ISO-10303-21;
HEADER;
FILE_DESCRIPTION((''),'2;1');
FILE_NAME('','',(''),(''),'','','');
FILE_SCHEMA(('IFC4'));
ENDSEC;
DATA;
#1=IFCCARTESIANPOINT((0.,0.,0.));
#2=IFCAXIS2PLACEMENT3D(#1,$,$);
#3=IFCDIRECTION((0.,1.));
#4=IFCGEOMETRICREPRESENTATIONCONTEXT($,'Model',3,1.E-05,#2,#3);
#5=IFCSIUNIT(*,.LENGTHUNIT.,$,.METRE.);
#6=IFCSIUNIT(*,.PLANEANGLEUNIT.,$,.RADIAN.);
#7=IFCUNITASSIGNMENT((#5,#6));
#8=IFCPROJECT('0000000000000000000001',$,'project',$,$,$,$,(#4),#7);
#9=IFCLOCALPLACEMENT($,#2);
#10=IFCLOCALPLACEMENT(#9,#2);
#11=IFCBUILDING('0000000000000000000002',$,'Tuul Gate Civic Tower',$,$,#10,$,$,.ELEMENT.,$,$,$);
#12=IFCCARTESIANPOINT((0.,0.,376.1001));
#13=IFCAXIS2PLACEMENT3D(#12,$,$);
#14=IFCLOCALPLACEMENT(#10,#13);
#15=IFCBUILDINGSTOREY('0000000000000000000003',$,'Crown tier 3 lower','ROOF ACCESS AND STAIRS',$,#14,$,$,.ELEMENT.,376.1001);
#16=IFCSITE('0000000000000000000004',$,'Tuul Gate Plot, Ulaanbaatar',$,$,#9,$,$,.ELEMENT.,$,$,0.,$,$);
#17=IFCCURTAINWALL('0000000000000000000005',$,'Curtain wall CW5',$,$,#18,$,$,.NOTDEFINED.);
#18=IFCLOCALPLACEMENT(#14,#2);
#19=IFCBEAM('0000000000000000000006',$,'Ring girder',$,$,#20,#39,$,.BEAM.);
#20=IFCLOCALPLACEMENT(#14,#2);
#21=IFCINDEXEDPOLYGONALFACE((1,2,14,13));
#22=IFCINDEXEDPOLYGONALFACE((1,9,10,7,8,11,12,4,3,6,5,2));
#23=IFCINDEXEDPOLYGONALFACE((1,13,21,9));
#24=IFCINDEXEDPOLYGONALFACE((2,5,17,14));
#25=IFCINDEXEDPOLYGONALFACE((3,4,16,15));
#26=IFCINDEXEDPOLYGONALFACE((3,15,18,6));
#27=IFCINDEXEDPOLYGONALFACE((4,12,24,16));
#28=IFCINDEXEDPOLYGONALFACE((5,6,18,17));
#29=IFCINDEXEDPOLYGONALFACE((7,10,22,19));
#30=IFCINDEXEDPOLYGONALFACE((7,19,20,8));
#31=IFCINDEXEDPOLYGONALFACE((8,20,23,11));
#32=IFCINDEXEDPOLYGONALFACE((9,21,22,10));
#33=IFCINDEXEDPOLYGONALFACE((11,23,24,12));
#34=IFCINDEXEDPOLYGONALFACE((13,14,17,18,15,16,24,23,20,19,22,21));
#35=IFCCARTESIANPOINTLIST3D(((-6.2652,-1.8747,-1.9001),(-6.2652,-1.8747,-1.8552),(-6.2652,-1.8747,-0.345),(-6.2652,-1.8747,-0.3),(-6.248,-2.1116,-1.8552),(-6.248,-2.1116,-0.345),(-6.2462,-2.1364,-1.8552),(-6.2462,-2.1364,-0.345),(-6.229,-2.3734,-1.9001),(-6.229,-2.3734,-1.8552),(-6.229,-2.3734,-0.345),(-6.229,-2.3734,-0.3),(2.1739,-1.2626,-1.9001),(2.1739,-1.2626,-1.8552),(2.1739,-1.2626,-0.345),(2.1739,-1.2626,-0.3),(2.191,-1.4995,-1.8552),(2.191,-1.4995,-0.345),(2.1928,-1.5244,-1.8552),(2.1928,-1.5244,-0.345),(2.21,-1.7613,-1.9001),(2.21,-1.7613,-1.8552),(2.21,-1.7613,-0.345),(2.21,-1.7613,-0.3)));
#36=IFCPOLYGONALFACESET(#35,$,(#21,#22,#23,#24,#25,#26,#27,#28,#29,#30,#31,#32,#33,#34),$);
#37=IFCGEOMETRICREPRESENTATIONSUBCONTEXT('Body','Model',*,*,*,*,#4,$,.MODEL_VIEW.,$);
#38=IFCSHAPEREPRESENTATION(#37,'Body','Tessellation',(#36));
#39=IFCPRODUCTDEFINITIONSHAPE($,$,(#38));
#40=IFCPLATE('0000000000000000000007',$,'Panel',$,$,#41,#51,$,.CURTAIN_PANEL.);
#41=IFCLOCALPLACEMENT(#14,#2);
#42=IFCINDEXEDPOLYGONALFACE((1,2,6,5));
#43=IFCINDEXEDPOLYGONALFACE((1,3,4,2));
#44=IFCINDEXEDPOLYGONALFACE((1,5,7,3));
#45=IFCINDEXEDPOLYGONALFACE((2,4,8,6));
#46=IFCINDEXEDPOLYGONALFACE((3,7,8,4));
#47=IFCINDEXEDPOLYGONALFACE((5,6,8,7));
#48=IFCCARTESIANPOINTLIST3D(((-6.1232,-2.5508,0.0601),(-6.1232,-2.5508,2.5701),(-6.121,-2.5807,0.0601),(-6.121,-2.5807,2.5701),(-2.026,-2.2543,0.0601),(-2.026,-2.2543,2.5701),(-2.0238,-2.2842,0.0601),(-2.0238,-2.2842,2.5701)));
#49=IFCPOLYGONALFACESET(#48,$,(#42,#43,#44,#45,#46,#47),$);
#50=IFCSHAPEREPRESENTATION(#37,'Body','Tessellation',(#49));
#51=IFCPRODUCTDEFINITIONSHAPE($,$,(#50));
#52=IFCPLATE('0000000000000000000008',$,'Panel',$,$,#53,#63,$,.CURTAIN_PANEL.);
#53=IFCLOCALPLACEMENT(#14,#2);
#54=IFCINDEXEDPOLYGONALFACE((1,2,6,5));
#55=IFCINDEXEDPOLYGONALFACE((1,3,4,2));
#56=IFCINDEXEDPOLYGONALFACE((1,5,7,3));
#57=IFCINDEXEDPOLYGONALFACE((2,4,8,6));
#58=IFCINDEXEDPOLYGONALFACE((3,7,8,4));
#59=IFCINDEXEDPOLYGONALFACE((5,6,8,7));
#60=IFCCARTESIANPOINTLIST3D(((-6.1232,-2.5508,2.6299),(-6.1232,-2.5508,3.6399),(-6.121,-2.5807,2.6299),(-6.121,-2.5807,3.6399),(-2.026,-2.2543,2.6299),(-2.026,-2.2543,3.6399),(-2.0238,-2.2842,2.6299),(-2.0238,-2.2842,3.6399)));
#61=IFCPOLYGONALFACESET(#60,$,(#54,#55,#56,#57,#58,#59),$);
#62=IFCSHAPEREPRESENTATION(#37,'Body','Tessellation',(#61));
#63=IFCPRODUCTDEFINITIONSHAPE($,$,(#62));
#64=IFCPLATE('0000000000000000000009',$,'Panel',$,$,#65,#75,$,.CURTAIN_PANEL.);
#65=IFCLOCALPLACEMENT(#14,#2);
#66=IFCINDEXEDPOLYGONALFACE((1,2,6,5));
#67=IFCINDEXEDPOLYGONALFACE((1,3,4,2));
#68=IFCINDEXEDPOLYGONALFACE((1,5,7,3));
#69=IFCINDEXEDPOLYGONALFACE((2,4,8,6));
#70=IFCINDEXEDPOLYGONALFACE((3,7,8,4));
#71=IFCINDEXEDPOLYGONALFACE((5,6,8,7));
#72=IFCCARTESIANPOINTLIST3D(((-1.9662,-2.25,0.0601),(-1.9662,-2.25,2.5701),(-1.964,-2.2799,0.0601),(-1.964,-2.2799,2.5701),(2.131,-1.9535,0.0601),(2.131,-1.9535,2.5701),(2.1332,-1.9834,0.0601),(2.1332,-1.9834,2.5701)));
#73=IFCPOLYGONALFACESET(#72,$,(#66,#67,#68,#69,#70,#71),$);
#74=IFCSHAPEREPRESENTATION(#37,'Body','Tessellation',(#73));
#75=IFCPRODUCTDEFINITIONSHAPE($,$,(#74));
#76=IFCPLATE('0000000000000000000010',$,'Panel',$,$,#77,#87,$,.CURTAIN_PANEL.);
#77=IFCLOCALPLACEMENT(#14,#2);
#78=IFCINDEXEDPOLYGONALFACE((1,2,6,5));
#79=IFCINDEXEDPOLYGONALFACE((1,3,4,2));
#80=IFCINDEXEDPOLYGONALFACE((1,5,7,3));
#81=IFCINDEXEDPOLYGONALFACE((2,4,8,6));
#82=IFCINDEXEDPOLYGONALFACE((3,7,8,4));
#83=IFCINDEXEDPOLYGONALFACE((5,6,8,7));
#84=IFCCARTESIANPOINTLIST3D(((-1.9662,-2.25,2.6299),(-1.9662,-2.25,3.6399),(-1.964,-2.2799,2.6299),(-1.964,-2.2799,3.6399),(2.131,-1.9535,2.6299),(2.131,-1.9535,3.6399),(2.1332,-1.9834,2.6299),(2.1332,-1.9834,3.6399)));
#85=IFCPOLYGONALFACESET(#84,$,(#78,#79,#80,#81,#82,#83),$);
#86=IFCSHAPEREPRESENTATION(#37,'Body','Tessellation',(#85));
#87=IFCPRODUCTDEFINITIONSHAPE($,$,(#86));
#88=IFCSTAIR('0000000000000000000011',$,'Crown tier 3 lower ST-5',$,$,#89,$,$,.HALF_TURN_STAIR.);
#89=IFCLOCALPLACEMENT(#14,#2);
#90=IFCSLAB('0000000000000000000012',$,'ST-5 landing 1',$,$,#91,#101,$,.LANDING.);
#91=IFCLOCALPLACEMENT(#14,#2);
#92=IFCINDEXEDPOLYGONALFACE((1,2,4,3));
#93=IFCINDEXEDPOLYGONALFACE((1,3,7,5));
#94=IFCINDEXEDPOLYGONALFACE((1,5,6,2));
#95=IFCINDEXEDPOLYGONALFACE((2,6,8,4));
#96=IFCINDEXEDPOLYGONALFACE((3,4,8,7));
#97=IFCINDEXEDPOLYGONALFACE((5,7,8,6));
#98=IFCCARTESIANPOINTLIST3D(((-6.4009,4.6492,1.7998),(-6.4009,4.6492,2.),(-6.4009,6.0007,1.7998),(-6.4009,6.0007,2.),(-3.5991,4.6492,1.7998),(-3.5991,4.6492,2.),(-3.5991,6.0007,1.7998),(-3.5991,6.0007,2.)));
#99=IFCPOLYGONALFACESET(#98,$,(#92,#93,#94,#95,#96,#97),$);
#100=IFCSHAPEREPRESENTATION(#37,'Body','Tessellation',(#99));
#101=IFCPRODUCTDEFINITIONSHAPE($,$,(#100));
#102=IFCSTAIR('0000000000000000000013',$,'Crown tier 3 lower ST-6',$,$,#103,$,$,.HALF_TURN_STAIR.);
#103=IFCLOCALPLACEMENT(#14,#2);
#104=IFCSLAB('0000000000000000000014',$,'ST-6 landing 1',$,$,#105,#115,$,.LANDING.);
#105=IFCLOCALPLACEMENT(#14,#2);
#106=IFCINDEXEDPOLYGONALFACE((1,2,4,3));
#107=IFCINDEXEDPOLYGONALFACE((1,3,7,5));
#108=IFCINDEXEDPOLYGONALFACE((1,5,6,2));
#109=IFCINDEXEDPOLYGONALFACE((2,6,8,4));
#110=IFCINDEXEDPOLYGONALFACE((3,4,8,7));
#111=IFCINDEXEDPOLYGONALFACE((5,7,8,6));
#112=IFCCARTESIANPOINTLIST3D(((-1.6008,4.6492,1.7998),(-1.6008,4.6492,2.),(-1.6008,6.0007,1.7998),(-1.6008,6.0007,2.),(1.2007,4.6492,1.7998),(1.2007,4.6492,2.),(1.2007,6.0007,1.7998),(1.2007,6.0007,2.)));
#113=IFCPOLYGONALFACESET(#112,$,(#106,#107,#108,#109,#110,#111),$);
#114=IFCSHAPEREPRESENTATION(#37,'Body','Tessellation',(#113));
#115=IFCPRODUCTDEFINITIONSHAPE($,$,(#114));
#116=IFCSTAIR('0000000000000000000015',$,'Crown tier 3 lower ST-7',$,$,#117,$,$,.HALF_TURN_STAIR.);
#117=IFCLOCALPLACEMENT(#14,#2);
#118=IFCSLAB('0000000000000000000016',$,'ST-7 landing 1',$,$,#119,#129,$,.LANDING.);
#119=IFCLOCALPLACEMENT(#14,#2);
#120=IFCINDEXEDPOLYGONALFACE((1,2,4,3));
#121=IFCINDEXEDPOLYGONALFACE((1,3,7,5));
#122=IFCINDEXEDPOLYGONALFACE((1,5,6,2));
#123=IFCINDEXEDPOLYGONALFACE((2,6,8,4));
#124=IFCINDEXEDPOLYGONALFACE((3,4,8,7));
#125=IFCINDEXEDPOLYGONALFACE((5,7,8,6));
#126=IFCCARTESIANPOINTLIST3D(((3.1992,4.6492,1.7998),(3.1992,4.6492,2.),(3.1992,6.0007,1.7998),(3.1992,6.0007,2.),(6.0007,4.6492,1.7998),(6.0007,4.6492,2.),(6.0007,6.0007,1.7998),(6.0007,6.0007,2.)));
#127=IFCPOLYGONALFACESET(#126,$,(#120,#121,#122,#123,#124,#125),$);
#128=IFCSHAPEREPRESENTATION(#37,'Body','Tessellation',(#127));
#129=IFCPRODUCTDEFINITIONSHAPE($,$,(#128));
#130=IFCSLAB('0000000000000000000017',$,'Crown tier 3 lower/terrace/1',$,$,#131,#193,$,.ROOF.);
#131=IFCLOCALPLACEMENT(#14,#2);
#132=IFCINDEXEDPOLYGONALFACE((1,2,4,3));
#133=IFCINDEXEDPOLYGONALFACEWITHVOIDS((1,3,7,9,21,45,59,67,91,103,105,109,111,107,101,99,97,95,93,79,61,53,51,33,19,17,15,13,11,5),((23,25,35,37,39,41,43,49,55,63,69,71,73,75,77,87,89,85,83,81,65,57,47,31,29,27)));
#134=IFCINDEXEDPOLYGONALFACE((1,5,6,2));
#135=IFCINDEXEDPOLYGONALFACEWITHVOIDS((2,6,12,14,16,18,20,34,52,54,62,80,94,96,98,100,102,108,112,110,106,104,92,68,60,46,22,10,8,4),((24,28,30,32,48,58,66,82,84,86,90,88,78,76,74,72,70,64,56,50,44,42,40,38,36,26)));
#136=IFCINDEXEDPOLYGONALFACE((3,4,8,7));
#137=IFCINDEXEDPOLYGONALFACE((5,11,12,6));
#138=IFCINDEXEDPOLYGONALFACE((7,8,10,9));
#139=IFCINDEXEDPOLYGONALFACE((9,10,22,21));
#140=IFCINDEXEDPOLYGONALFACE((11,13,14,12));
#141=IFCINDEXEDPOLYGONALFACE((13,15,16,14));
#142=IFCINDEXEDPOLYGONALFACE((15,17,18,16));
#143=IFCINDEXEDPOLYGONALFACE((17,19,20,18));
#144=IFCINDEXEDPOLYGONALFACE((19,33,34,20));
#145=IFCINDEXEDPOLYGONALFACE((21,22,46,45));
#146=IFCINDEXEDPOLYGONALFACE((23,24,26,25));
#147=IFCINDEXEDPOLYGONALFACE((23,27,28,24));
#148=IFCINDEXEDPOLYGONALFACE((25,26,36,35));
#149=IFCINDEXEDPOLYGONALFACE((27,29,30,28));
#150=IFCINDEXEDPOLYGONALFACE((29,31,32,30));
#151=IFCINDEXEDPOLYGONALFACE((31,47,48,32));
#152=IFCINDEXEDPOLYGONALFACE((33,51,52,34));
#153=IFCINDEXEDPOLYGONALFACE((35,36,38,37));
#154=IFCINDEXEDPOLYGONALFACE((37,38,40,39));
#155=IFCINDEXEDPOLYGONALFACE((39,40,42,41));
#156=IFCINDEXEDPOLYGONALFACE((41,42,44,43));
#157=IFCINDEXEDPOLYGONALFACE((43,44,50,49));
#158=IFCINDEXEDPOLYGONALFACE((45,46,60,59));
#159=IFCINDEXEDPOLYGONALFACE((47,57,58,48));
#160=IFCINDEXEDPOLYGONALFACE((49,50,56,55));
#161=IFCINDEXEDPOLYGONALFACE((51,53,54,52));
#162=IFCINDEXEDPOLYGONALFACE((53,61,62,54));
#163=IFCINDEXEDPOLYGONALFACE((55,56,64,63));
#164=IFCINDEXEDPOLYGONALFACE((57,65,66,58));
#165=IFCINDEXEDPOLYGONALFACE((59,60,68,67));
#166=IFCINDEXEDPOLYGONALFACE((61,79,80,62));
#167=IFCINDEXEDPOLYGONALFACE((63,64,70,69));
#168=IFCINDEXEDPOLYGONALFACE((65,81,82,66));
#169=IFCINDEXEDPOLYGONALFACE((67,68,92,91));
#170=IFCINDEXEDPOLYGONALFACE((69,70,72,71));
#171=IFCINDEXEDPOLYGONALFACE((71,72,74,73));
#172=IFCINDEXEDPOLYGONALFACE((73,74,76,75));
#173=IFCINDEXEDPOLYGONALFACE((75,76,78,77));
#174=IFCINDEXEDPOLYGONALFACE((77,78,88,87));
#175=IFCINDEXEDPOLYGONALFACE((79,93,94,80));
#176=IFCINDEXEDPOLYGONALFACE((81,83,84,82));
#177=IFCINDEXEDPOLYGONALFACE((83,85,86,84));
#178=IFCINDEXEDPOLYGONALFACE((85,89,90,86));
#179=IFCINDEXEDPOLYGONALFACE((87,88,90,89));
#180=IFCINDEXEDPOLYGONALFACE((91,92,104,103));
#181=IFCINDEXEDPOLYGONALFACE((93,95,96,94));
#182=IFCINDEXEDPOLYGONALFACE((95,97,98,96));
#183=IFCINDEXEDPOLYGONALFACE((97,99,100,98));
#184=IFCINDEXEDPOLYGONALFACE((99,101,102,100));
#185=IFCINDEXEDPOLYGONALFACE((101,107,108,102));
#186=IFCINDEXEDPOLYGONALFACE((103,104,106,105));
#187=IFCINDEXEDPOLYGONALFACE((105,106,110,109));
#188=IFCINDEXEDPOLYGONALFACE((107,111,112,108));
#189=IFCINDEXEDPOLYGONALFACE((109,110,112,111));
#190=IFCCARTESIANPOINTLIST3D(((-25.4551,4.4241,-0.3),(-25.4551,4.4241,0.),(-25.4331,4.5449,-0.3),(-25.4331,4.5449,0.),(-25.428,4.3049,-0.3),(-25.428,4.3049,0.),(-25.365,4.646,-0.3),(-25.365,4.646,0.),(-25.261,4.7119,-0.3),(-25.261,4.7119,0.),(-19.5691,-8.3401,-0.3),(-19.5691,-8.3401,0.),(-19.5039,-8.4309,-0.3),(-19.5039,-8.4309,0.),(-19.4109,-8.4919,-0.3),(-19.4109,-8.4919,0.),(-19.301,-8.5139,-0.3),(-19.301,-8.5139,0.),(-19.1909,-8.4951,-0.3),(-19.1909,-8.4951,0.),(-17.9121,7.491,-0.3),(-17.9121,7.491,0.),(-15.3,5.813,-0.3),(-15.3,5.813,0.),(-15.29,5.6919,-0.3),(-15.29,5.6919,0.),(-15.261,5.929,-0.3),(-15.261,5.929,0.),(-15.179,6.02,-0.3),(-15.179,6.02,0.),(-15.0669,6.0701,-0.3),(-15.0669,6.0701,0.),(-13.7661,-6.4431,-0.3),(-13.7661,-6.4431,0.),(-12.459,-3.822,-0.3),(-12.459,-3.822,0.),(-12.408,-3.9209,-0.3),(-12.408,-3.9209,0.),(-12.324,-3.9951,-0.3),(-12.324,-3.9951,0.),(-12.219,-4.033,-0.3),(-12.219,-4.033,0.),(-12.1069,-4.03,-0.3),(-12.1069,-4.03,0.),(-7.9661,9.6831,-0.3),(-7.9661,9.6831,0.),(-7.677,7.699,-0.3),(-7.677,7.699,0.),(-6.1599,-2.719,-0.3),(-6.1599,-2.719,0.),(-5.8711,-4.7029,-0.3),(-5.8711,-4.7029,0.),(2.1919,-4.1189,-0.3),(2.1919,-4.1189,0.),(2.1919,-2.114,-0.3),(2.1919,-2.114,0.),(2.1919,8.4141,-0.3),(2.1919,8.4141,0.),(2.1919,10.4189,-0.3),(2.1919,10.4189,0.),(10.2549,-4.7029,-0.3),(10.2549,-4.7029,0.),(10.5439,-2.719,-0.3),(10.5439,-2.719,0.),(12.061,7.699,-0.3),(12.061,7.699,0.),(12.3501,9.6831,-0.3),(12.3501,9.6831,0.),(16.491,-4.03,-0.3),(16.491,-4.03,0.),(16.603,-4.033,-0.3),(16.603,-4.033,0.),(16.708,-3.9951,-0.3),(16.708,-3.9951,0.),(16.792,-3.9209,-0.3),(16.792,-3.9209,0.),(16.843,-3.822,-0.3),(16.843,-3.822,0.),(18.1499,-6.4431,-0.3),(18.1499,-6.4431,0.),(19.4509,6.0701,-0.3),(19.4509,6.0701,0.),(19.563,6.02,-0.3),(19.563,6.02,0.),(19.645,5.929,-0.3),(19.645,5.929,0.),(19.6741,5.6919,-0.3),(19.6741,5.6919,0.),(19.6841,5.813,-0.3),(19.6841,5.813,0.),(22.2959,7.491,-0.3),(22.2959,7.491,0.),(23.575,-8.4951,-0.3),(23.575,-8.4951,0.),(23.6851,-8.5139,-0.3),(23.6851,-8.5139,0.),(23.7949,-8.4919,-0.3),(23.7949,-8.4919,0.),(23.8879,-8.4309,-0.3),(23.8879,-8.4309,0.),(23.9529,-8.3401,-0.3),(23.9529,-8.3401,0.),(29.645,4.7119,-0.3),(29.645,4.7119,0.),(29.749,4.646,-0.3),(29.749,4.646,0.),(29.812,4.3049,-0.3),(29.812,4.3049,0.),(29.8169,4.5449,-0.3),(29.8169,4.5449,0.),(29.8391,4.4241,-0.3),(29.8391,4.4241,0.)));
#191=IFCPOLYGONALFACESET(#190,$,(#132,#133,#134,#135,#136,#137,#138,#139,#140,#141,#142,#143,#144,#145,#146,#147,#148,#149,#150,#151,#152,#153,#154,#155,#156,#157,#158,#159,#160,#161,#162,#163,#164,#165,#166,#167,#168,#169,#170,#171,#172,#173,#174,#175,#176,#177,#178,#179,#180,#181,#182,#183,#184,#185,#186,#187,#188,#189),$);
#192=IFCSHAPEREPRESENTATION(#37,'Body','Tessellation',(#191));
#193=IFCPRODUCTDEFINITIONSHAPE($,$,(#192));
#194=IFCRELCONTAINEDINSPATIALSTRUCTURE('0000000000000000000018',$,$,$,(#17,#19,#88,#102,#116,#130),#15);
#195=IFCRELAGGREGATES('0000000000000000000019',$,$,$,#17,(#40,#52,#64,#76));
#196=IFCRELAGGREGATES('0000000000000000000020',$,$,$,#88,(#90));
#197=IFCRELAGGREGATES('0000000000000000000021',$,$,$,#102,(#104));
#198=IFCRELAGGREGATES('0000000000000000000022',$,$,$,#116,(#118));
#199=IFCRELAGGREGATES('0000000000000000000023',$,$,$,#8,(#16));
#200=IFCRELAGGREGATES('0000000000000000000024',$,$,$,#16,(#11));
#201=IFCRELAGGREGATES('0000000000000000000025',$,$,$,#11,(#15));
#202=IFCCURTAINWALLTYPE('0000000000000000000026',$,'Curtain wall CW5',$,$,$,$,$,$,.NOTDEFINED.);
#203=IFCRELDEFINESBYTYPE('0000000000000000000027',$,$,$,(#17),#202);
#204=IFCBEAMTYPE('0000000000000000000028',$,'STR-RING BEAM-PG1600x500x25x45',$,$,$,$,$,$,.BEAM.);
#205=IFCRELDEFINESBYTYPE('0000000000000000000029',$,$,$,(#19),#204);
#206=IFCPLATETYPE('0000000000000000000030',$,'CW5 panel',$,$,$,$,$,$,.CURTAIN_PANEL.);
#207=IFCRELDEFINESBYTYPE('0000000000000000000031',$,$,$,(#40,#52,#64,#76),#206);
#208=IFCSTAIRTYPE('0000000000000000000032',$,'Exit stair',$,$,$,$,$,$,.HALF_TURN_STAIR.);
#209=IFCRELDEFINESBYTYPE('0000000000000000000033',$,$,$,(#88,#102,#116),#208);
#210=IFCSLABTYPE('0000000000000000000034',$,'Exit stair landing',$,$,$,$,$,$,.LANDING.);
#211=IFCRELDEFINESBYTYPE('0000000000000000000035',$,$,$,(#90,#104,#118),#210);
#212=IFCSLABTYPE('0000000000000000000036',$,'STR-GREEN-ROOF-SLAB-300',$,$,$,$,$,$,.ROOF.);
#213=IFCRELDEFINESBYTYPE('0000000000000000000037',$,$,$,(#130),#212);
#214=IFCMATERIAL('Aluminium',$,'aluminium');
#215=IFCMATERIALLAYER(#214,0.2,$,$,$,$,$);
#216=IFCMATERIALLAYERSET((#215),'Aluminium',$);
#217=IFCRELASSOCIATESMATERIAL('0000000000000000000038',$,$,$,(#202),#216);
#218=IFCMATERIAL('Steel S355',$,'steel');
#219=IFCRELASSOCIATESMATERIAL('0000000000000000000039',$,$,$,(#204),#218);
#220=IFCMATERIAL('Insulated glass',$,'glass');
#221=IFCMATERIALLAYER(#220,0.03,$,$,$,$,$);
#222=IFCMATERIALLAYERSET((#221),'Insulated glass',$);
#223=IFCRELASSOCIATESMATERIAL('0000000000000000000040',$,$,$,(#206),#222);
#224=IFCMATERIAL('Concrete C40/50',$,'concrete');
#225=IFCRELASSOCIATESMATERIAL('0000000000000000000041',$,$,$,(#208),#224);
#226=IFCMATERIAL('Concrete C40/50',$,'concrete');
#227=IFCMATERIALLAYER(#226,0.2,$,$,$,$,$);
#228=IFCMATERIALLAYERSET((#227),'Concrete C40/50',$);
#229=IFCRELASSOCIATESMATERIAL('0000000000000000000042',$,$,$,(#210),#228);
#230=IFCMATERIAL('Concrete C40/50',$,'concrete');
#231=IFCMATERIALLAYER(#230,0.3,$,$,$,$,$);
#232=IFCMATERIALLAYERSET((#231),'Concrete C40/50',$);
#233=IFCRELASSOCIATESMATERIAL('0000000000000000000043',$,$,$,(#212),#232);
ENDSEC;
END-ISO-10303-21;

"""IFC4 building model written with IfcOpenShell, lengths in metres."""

from ifc_helpers import new_model, si_unit, direction, frame, origin, origin_2d, place, context, subcontext, project, spatial, polyline, rectangle, i_section, outline, extrude, material, layer, layer_set, material_profile, profile_set, type_object, element, aggregate, save


model = new_model("IFC4")

# Units and contexts
model_context = context("Model", 3, precision=1e-05, world=origin(), true_north=direction((0.0, 1.0)))
body_context = subcontext(model_context, "Body", "Model", "MODEL_VIEW")
ifc_project = project(units=[si_unit("LENGTHUNIT", "METRE"), si_unit("PLANEANGLEUNIT", "RADIAN")], contexts=[model_context])

# Site, building, storey
site_placement = place(None, origin())
site = spatial("IfcSite", under=ifc_project, at=site_placement, Name="Tuul Gate Plot, Ulaanbaatar", CompositionType="ELEMENT", RefElevation=0.0)
building_placement = place(site_placement, origin())
building = spatial("IfcBuilding", under=site, at=building_placement, Name="Tuul Gate Civic Tower", CompositionType="ELEMENT")
storey_placement = place(building_placement, frame((0.0, 0.0, 376.1001)))
storey = spatial("IfcBuildingStorey", under=building, at=storey_placement, Name="Crown tier 3 lower", Description="ROOF ACCESS AND STAIRS", CompositionType="ELEMENT", Elevation=376.1001)

# Shared definitions
ifc_material_1 = material(Name="Aluminium", Category="aluminium")
ifc_layer_1 = layer(ifc_material_1, 0.2)
ifc_layer_set_1 = layer_set([ifc_layer_1], Name="Aluminium")
curtain_wall_type = type_object("IfcCurtainWallType", Name="Curtain wall CW5", PredefinedType="NOTDEFINED", material=ifc_layer_set_1)

# Curtain wall
curtain_wall_1_placement = place(storey_placement, origin())
curtain_wall_1 = element("IfcCurtainWall", 1, at=curtain_wall_1_placement, inside=storey, type_object=curtain_wall_type, Name="Curtain wall CW5", PredefinedType="NOTDEFINED")

# Beam
ifc_material_2 = material(Name="Steel S355", Category="steel")
ifc_material_profile_1 = material_profile(ifc_material_2, i_section(OverallWidth=0.5, OverallDepth=1.6001, WebThickness=0.0249, FlangeThickness=0.0449, at=origin_2d()), Name="PG1600x500x25x45")
ifc_profile_set_1 = profile_set([ifc_material_profile_1], Name="Steel S355")
beam_type_1 = type_object("IfcBeamType", Name="STR-RING BEAM-PG1600x500x25x45", PredefinedType="BEAM", material=ifc_profile_set_1)
beam_1_placement = place(storey_placement, frame((-6.2471, -2.124, -1.1001), z_axis=(0.99738, 0.072338, 0.0), x_axis=(-0.072338, 0.99738, 0.0)))
element("IfcBeam", 2, at=beam_1_placement, inside=storey, type_object=beam_type_1, Name="Ring girder", PredefinedType="BEAM", context=body_context, shape_type="SweptSolid", body=[
    extrude(i_section(OverallWidth=0.5, OverallDepth=1.6001, WebThickness=0.0249, FlangeThickness=0.0449, at=origin_2d()), origin(), (0.0, 0.0, 1.0), 8.4612),
])

# Plates
ifc_material_3 = material(Name="Insulated glass", Category="glass")
ifc_layer_2 = layer(ifc_material_3, 0.03)
ifc_layer_set_2 = layer_set([ifc_layer_2], Name="Insulated glass")
plate_type = type_object("IfcPlateType", Name="CW5 panel", PredefinedType="CURTAIN_PANEL", material=ifc_layer_set_2)
plate_1_placement = place(storey_placement, frame((-4.0735, -2.4175, 0.0601), z_axis=(0.0, 0.0, 1.0), x_axis=(0.997392, 0.072178, 0.0)))
plate_1 = element("IfcPlate", 3, at=plate_1_placement, type_object=plate_type, Name="Panel", PredefinedType="CURTAIN_PANEL", context=body_context, shape_type="SweptSolid", body=[
    extrude(rectangle(XDim=4.1079, YDim=0.03, at=origin_2d()), origin(), (0.0, 0.0, 1.0), 2.51),
])
plate_2_placement = place(storey_placement, frame((-4.0735, -2.4175, 2.6299), z_axis=(0.0, 0.0, 1.0), x_axis=(0.997392, 0.072178, 0.0)))
plate_2 = element("IfcPlate", 4, at=plate_2_placement, type_object=plate_type, Name="Panel", PredefinedType="CURTAIN_PANEL", context=body_context, shape_type="SweptSolid", body=[
    extrude(rectangle(XDim=4.1079, YDim=0.03, at=origin_2d()), origin(), (0.0, 0.0, 1.0), 1.01),
])
plate_3_placement = place(storey_placement, frame((0.0835, -2.1167, 0.0601), z_axis=(0.0, 0.0, 1.0), x_axis=(0.997392, 0.072178, 0.0)))
plate_3 = element("IfcPlate", 5, at=plate_3_placement, type_object=plate_type, Name="Panel", PredefinedType="CURTAIN_PANEL", context=body_context, shape_type="SweptSolid", body=[
    extrude(rectangle(XDim=4.1079, YDim=0.03, at=origin_2d()), origin(), (0.0, 0.0, 1.0), 2.51),
])
plate_4_placement = place(storey_placement, frame((0.0835, -2.1167, 2.6299), z_axis=(0.0, 0.0, 1.0), x_axis=(0.997392, 0.072178, 0.0)))
plate_4 = element("IfcPlate", 6, at=plate_4_placement, type_object=plate_type, Name="Panel", PredefinedType="CURTAIN_PANEL", context=body_context, shape_type="SweptSolid", body=[
    extrude(rectangle(XDim=4.1079, YDim=0.03, at=origin_2d()), origin(), (0.0, 0.0, 1.0), 1.01),
])
aggregate(curtain_wall_1, [plate_1, plate_2, plate_3, plate_4])

# Stairs, slabs
ifc_material_4 = material(Name="Concrete C40/50", Category="concrete")
stair_type = type_object("IfcStairType", Name="Exit stair", PredefinedType="HALF_TURN_STAIR", material=ifc_material_4)
stair_1_placement = place(storey_placement, origin())
stair_1 = element("IfcStair", 7, at=stair_1_placement, inside=storey, type_object=stair_type, Name="Crown tier 3 lower ST-5", PredefinedType="HALF_TURN_STAIR")
ifc_material_5 = material(Name="Concrete C40/50", Category="concrete")
ifc_layer_3 = layer(ifc_material_5, 0.2)
ifc_layer_set_3 = layer_set([ifc_layer_3], Name="Concrete C40/50")
slab_type_1 = type_object("IfcSlabType", Name="Exit stair landing", PredefinedType="LANDING", material=ifc_layer_set_3)
slab_1_placement = place(storey_placement, frame((0.0, 0.0, 1.7998)))
slab_1 = element("IfcSlab", 8, at=slab_1_placement, type_object=slab_type_1, Name="ST-5 landing 1", PredefinedType="LANDING", context=body_context, shape_type="SweptSolid", body=[
    extrude(outline(polyline([(-3.5991, 4.6492), (-6.4009, 4.6492), (-6.4009, 6.0007), (-3.5991, 6.0007), (-3.5991, 4.6492)])), origin(), (0.0, 0.0, 1.0), 0.2002),
])
aggregate(stair_1, [slab_1])
stair_2_placement = place(storey_placement, origin())
stair_2 = element("IfcStair", 9, at=stair_2_placement, inside=storey, type_object=stair_type, Name="Crown tier 3 lower ST-6", PredefinedType="HALF_TURN_STAIR")
slab_2_placement = place(storey_placement, frame((0.0, 0.0, 1.7998)))
slab_2 = element("IfcSlab", 10, at=slab_2_placement, type_object=slab_type_1, Name="ST-6 landing 1", PredefinedType="LANDING", context=body_context, shape_type="SweptSolid", body=[
    extrude(outline(polyline([(1.2007, 4.6492), (-1.6008, 4.6492), (-1.6008, 6.0007), (1.2007, 6.0007), (1.2007, 4.6492)])), origin(), (0.0, 0.0, 1.0), 0.2002),
])
aggregate(stair_2, [slab_2])
stair_3_placement = place(storey_placement, origin())
stair_3 = element("IfcStair", 11, at=stair_3_placement, inside=storey, type_object=stair_type, Name="Crown tier 3 lower ST-7", PredefinedType="HALF_TURN_STAIR")
slab_3_placement = place(storey_placement, frame((0.0, 0.0, 1.7998)))
slab_3 = element("IfcSlab", 12, at=slab_3_placement, type_object=slab_type_1, Name="ST-7 landing 1", PredefinedType="LANDING", context=body_context, shape_type="SweptSolid", body=[
    extrude(outline(polyline([(6.0007, 4.6492), (3.1992, 4.6492), (3.1992, 6.0007), (6.0007, 6.0007), (6.0007, 4.6492)])), origin(), (0.0, 0.0, 1.0), 0.2002),
])
aggregate(stair_3, [slab_3])

# Slab
ifc_material_6 = material(Name="Concrete C40/50", Category="concrete")
ifc_layer_4 = layer(ifc_material_6, 0.3)
ifc_layer_set_4 = layer_set([ifc_layer_4], Name="Concrete C40/50")
slab_type_2 = type_object("IfcSlabType", Name="STR-GREEN-ROOF-SLAB-300", PredefinedType="ROOF", material=ifc_layer_set_4)
slab_4_placement = place(storey_placement, frame((0.0, 0.0, -0.3)))
element("IfcSlab", 13, at=slab_4_placement, inside=storey, type_object=slab_type_2, Name="Crown tier 3 lower/terrace/1", PredefinedType="ROOF", context=body_context, shape_type="SweptSolid", body=[
    extrude(outline(polyline([(23.9529, -8.3401), (23.8879, -8.4309), (23.7949, -8.4919), (23.6851, -8.5139), (23.575, -8.4951), (18.1499, -6.4431), (10.2549, -4.7029), (2.1919, -4.1189), (-5.8711, -4.7029), (-13.7661, -6.4431), (-19.1909, -8.4951), (-19.301, -8.5139), (-19.4109, -8.4919), (-19.5039, -8.4309), (-19.5691, -8.3401), (-25.428, 4.3049), (-25.4551, 4.4241), (-25.4331, 4.5449), (-25.365, 4.646), (-25.261, 4.7119), (-17.9121, 7.491), (-7.9661, 9.6831), (2.1919, 10.4189), (12.3501, 9.6831), (22.2959, 7.491), (29.645, 4.7119), (29.749, 4.646), (29.8169, 4.5449), (29.8391, 4.4241), (29.812, 4.3049), (23.9529, -8.3401)]), holes=[polyline([(19.6841, 5.813), (19.645, 5.929), (19.563, 6.02), (19.4509, 6.0701), (12.061, 7.699), (2.1919, 8.4141), (-7.677, 7.699), (-15.0669, 6.0701), (-15.179, 6.02), (-15.261, 5.929), (-15.3, 5.813), (-15.29, 5.6919), (-12.459, -3.822), (-12.408, -3.9209), (-12.324, -3.9951), (-12.219, -4.033), (-12.1069, -4.03), (-6.1599, -2.719), (2.1919, -2.114), (10.5439, -2.719), (16.491, -4.03), (16.603, -4.033), (16.708, -3.9951), (16.792, -3.9209), (16.843, -3.822), (19.6741, 5.6919), (19.6841, 5.813)])]), origin(), (0.0, 0.0, 1.0), 0.3),
])

save(model, "model.ifc")
